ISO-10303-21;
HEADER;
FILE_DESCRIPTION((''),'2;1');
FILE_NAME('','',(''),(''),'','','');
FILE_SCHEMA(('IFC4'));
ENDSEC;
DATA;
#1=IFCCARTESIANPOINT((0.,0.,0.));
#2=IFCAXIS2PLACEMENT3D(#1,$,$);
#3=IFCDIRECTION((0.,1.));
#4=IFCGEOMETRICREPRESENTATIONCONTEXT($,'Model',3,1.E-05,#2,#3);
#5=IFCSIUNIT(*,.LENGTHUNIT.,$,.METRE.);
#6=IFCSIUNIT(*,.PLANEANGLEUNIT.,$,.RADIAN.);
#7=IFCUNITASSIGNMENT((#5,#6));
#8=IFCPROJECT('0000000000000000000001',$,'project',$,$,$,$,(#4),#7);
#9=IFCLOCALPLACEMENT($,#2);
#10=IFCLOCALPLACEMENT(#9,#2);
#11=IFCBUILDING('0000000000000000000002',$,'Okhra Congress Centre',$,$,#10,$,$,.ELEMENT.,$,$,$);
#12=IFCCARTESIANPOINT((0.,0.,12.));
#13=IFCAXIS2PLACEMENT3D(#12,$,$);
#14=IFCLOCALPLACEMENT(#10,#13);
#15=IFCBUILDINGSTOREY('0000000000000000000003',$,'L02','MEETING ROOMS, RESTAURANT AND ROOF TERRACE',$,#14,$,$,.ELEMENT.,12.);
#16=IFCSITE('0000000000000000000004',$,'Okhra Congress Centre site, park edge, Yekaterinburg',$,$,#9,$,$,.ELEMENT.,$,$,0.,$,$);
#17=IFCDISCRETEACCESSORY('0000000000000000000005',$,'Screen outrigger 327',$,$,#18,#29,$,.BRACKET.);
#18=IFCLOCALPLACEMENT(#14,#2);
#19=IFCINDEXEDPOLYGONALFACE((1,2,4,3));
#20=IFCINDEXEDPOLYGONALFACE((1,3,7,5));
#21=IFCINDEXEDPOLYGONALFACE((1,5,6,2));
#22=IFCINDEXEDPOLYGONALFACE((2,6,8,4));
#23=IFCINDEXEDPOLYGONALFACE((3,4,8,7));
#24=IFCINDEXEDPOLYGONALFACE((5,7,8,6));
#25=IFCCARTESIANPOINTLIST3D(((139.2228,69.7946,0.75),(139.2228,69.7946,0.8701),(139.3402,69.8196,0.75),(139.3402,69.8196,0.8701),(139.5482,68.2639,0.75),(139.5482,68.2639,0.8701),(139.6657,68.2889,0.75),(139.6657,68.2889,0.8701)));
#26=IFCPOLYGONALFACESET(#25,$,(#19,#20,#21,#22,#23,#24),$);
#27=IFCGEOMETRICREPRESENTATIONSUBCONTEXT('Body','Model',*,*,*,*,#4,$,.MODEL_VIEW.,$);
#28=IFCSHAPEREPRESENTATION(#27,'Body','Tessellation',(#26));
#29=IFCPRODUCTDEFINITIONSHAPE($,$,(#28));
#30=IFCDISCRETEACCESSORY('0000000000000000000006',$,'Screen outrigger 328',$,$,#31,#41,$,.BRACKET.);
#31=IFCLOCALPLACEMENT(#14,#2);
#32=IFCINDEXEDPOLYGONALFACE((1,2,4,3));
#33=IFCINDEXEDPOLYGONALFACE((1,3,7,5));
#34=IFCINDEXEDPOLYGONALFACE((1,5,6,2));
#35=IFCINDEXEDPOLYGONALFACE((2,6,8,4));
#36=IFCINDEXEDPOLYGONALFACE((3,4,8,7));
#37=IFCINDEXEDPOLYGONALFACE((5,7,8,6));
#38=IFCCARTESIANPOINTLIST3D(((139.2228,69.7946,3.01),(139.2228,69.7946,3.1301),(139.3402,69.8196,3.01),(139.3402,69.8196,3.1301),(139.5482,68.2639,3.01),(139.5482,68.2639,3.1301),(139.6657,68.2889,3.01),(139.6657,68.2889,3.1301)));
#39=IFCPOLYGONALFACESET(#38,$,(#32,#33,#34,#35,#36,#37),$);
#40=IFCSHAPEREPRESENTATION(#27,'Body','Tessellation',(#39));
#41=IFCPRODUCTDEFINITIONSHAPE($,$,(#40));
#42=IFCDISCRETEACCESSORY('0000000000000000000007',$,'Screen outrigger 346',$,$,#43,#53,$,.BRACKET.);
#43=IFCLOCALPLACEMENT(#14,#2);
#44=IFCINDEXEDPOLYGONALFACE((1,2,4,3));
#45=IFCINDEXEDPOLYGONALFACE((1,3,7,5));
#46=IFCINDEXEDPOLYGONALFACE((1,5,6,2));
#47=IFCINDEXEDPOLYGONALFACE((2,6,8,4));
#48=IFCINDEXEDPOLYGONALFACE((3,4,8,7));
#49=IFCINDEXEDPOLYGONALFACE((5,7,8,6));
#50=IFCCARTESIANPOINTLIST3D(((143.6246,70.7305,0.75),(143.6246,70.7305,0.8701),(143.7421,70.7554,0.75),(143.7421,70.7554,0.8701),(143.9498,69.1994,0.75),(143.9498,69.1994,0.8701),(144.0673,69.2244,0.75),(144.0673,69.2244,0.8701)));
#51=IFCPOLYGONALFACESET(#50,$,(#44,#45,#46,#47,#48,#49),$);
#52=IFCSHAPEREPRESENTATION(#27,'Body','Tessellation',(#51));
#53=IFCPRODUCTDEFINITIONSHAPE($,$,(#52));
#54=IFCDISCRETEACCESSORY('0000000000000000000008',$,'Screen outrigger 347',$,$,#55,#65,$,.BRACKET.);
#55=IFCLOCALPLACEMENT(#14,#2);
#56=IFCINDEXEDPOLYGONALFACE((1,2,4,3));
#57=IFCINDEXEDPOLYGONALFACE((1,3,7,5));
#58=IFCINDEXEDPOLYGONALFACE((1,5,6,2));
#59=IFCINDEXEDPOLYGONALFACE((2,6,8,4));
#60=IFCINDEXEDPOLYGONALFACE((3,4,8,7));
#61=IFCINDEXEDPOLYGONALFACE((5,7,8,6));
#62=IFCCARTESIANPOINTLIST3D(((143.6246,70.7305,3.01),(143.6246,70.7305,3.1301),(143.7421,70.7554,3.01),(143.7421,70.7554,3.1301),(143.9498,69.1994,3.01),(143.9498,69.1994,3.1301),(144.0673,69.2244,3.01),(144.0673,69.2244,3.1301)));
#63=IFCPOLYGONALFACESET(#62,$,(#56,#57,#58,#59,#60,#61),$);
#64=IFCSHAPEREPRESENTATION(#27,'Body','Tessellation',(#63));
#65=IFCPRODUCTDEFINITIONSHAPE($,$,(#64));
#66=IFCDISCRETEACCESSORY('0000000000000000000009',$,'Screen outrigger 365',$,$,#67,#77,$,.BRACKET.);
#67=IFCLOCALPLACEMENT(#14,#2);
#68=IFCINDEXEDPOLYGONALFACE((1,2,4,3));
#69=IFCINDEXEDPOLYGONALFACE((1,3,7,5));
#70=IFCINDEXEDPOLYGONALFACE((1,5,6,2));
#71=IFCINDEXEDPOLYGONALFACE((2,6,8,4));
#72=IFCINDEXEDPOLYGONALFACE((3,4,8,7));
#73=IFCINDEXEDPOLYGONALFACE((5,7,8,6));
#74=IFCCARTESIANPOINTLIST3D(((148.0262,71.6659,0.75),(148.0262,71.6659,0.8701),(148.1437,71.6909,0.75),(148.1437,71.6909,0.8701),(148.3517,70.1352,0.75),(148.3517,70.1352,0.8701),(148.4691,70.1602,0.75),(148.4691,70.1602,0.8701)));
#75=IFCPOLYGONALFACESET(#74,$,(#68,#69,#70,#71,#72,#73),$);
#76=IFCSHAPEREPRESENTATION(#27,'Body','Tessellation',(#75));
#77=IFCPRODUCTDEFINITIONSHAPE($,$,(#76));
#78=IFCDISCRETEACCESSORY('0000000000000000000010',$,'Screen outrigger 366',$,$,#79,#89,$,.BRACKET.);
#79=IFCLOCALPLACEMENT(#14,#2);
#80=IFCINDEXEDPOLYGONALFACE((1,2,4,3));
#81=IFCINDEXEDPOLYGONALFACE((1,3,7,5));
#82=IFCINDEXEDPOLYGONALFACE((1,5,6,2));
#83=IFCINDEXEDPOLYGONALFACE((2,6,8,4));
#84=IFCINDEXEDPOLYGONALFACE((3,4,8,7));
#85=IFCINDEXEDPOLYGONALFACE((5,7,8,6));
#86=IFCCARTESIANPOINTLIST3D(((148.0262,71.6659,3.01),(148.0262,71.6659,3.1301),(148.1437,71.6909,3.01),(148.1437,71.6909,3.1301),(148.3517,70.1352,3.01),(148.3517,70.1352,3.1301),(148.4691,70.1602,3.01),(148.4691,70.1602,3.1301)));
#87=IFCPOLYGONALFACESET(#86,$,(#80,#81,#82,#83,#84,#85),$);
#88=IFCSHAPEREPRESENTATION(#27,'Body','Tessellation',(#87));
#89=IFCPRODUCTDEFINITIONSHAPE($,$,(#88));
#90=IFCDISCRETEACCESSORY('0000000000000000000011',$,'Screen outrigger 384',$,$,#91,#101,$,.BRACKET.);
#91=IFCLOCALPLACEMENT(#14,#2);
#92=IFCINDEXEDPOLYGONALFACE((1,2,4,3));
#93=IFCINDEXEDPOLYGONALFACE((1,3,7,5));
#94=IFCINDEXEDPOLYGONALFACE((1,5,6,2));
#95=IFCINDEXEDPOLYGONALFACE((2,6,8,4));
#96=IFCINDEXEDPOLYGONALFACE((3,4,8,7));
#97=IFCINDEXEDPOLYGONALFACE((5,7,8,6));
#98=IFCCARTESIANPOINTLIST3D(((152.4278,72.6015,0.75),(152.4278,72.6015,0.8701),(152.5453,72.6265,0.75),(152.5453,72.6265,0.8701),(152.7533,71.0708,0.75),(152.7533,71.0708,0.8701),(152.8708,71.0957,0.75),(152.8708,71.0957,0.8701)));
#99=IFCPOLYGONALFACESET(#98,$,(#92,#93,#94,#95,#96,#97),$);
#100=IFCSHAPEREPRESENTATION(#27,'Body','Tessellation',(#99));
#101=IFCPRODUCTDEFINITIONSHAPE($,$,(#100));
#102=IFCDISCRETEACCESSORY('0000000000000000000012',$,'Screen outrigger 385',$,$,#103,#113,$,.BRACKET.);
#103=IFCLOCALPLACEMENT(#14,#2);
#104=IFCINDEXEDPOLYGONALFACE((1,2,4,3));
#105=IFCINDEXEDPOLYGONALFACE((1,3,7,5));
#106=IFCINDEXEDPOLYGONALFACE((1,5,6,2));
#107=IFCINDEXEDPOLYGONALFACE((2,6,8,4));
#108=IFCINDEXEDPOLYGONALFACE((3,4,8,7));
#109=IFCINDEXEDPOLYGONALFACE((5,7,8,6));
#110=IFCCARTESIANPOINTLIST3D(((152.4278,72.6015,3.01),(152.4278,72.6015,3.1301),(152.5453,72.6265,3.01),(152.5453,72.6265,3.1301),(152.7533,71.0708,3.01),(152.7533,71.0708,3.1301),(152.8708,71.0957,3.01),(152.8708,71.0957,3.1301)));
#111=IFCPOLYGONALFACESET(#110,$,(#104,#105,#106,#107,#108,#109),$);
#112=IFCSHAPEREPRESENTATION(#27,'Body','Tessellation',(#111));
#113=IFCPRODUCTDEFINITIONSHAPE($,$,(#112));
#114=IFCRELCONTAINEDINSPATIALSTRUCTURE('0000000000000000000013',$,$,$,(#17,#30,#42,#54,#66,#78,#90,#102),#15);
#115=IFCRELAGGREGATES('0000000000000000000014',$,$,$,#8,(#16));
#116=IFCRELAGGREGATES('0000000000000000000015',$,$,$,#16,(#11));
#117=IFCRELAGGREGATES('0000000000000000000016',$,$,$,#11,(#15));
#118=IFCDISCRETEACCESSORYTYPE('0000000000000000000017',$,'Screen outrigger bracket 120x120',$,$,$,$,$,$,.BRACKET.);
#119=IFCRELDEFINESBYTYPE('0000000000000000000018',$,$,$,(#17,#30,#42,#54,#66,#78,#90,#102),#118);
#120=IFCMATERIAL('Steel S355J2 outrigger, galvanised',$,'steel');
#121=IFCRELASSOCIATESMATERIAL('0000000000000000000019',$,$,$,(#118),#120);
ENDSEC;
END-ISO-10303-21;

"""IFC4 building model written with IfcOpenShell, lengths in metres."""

from ifc_helpers import new_model, si_unit, direction, frame, origin, origin_2d, place, context, subcontext, project, spatial, rectangle, extrude, material, material_profile, profile_set, type_object, element, save


model = new_model("IFC4")

# Units and contexts
model_context = context("Model", 3, precision=1e-05, world=origin(), true_north=direction((0.0, 1.0)))
body_context = subcontext(model_context, "Body", "Model", "MODEL_VIEW")
ifc_project = project(units=[si_unit("LENGTHUNIT", "METRE"), si_unit("PLANEANGLEUNIT", "RADIAN")], contexts=[model_context])

# Site, building, storey
site_placement = place(None, origin())
site = spatial("IfcSite", under=ifc_project, at=site_placement, Name="Okhra Congress Centre site, park edge, Yekaterinburg", CompositionType="ELEMENT", RefElevation=0.0)
building_placement = place(site_placement, origin())
building = spatial("IfcBuilding", under=site, at=building_placement, Name="Okhra Congress Centre", CompositionType="ELEMENT")
storey_placement = place(building_placement, frame((0.0, 0.0, 12.0)))
storey = spatial("IfcBuildingStorey", under=building, at=storey_placement, Name="L02", Description="MEETING ROOMS, RESTAURANT AND ROOF TERRACE", CompositionType="ELEMENT", Elevation=12.0)

# Discrete accessories
ifc_material_1 = material(Name="Steel S355J2 outrigger, galvanised", Category="steel")
ifc_material_profile_1 = material_profile(ifc_material_1, rectangle(XDim=0.1201, YDim=0.1201, at=origin_2d()), Name="Screen outrigger bracket 120x120")
ifc_profile_set_1 = profile_set([ifc_material_profile_1], Name="Steel S355J2 outrigger, galvanised")
discrete_accessory_type = type_object("IfcDiscreteAccessoryType", Name="Screen outrigger bracket 120x120", PredefinedType="BRACKET", material=ifc_profile_set_1)
for number, where, z_axis, x_axis, name in (
    (1, (139.6069, 68.2764, 0.8101), (-0.207952, 0.978139, 0.0), (-0.978139, -0.207952, 0.0), "Screen outrigger 327"),
    (2, (139.6069, 68.2764, 3.0701), (-0.207952, 0.978139, 0.0), (-0.978139, -0.207952, 0.0), "Screen outrigger 328"),
):
    element("IfcDiscreteAccessory", number, at=place(storey_placement, frame(where, z_axis=z_axis, x_axis=x_axis)), inside=storey, type_object=discrete_accessory_type, Name=name, PredefinedType="BRACKET", context=body_context, shape_type="SweptSolid", body=[
        extrude(rectangle(XDim=0.1201, YDim=0.1201, at=origin_2d()), origin(), (0.0, 0.0, 1.0), 1.5649),
    ])
for number, where, z_axis, x_axis, name in (
    (3, (144.0085, 69.2119, 0.8101), (-0.207771, 0.978177, 0.0), (-0.978177, -0.207771, 0.0), "Screen outrigger 346"),
    (4, (144.0085, 69.2119, 3.0701), (-0.207771, 0.978177, 0.0), (-0.978177, -0.207771, 0.0), "Screen outrigger 347"),
):
    element("IfcDiscreteAccessory", number, at=place(storey_placement, frame(where, z_axis=z_axis, x_axis=x_axis)), inside=storey, type_object=discrete_accessory_type, Name=name, PredefinedType="BRACKET", context=body_context, shape_type="SweptSolid", body=[
        extrude(rectangle(XDim=0.1201, YDim=0.1201, at=origin_2d()), origin(), (0.0, 0.0, 1.0), 1.5652),
    ])
for number, where, z_axis, x_axis, name in (
    (5, (148.4104, 70.1477, 0.8101), (-0.207952, 0.978139, 0.0), (-0.978139, -0.207952, 0.0), "Screen outrigger 365"),
    (6, (148.4104, 70.1477, 3.0701), (-0.207952, 0.978139, 0.0), (-0.978139, -0.207952, 0.0), "Screen outrigger 366"),
    (7, (152.812, 71.0833, 0.8101), (-0.207952, 0.978139, 0.0), (-0.978139, -0.207952, 0.0), "Screen outrigger 384"),
    (8, (152.812, 71.0833, 3.0701), (-0.207952, 0.978139, 0.0), (-0.978139, -0.207952, 0.0), "Screen outrigger 385"),
):
    element("IfcDiscreteAccessory", number, at=place(storey_placement, frame(where, z_axis=z_axis, x_axis=x_axis)), inside=storey, type_object=discrete_accessory_type, Name=name, PredefinedType="BRACKET", context=body_context, shape_type="SweptSolid", body=[
        extrude(rectangle(XDim=0.1201, YDim=0.1201, at=origin_2d()), origin(), (0.0, 0.0, 1.0), 1.5649),
    ])

save(model, "model.ifc")
